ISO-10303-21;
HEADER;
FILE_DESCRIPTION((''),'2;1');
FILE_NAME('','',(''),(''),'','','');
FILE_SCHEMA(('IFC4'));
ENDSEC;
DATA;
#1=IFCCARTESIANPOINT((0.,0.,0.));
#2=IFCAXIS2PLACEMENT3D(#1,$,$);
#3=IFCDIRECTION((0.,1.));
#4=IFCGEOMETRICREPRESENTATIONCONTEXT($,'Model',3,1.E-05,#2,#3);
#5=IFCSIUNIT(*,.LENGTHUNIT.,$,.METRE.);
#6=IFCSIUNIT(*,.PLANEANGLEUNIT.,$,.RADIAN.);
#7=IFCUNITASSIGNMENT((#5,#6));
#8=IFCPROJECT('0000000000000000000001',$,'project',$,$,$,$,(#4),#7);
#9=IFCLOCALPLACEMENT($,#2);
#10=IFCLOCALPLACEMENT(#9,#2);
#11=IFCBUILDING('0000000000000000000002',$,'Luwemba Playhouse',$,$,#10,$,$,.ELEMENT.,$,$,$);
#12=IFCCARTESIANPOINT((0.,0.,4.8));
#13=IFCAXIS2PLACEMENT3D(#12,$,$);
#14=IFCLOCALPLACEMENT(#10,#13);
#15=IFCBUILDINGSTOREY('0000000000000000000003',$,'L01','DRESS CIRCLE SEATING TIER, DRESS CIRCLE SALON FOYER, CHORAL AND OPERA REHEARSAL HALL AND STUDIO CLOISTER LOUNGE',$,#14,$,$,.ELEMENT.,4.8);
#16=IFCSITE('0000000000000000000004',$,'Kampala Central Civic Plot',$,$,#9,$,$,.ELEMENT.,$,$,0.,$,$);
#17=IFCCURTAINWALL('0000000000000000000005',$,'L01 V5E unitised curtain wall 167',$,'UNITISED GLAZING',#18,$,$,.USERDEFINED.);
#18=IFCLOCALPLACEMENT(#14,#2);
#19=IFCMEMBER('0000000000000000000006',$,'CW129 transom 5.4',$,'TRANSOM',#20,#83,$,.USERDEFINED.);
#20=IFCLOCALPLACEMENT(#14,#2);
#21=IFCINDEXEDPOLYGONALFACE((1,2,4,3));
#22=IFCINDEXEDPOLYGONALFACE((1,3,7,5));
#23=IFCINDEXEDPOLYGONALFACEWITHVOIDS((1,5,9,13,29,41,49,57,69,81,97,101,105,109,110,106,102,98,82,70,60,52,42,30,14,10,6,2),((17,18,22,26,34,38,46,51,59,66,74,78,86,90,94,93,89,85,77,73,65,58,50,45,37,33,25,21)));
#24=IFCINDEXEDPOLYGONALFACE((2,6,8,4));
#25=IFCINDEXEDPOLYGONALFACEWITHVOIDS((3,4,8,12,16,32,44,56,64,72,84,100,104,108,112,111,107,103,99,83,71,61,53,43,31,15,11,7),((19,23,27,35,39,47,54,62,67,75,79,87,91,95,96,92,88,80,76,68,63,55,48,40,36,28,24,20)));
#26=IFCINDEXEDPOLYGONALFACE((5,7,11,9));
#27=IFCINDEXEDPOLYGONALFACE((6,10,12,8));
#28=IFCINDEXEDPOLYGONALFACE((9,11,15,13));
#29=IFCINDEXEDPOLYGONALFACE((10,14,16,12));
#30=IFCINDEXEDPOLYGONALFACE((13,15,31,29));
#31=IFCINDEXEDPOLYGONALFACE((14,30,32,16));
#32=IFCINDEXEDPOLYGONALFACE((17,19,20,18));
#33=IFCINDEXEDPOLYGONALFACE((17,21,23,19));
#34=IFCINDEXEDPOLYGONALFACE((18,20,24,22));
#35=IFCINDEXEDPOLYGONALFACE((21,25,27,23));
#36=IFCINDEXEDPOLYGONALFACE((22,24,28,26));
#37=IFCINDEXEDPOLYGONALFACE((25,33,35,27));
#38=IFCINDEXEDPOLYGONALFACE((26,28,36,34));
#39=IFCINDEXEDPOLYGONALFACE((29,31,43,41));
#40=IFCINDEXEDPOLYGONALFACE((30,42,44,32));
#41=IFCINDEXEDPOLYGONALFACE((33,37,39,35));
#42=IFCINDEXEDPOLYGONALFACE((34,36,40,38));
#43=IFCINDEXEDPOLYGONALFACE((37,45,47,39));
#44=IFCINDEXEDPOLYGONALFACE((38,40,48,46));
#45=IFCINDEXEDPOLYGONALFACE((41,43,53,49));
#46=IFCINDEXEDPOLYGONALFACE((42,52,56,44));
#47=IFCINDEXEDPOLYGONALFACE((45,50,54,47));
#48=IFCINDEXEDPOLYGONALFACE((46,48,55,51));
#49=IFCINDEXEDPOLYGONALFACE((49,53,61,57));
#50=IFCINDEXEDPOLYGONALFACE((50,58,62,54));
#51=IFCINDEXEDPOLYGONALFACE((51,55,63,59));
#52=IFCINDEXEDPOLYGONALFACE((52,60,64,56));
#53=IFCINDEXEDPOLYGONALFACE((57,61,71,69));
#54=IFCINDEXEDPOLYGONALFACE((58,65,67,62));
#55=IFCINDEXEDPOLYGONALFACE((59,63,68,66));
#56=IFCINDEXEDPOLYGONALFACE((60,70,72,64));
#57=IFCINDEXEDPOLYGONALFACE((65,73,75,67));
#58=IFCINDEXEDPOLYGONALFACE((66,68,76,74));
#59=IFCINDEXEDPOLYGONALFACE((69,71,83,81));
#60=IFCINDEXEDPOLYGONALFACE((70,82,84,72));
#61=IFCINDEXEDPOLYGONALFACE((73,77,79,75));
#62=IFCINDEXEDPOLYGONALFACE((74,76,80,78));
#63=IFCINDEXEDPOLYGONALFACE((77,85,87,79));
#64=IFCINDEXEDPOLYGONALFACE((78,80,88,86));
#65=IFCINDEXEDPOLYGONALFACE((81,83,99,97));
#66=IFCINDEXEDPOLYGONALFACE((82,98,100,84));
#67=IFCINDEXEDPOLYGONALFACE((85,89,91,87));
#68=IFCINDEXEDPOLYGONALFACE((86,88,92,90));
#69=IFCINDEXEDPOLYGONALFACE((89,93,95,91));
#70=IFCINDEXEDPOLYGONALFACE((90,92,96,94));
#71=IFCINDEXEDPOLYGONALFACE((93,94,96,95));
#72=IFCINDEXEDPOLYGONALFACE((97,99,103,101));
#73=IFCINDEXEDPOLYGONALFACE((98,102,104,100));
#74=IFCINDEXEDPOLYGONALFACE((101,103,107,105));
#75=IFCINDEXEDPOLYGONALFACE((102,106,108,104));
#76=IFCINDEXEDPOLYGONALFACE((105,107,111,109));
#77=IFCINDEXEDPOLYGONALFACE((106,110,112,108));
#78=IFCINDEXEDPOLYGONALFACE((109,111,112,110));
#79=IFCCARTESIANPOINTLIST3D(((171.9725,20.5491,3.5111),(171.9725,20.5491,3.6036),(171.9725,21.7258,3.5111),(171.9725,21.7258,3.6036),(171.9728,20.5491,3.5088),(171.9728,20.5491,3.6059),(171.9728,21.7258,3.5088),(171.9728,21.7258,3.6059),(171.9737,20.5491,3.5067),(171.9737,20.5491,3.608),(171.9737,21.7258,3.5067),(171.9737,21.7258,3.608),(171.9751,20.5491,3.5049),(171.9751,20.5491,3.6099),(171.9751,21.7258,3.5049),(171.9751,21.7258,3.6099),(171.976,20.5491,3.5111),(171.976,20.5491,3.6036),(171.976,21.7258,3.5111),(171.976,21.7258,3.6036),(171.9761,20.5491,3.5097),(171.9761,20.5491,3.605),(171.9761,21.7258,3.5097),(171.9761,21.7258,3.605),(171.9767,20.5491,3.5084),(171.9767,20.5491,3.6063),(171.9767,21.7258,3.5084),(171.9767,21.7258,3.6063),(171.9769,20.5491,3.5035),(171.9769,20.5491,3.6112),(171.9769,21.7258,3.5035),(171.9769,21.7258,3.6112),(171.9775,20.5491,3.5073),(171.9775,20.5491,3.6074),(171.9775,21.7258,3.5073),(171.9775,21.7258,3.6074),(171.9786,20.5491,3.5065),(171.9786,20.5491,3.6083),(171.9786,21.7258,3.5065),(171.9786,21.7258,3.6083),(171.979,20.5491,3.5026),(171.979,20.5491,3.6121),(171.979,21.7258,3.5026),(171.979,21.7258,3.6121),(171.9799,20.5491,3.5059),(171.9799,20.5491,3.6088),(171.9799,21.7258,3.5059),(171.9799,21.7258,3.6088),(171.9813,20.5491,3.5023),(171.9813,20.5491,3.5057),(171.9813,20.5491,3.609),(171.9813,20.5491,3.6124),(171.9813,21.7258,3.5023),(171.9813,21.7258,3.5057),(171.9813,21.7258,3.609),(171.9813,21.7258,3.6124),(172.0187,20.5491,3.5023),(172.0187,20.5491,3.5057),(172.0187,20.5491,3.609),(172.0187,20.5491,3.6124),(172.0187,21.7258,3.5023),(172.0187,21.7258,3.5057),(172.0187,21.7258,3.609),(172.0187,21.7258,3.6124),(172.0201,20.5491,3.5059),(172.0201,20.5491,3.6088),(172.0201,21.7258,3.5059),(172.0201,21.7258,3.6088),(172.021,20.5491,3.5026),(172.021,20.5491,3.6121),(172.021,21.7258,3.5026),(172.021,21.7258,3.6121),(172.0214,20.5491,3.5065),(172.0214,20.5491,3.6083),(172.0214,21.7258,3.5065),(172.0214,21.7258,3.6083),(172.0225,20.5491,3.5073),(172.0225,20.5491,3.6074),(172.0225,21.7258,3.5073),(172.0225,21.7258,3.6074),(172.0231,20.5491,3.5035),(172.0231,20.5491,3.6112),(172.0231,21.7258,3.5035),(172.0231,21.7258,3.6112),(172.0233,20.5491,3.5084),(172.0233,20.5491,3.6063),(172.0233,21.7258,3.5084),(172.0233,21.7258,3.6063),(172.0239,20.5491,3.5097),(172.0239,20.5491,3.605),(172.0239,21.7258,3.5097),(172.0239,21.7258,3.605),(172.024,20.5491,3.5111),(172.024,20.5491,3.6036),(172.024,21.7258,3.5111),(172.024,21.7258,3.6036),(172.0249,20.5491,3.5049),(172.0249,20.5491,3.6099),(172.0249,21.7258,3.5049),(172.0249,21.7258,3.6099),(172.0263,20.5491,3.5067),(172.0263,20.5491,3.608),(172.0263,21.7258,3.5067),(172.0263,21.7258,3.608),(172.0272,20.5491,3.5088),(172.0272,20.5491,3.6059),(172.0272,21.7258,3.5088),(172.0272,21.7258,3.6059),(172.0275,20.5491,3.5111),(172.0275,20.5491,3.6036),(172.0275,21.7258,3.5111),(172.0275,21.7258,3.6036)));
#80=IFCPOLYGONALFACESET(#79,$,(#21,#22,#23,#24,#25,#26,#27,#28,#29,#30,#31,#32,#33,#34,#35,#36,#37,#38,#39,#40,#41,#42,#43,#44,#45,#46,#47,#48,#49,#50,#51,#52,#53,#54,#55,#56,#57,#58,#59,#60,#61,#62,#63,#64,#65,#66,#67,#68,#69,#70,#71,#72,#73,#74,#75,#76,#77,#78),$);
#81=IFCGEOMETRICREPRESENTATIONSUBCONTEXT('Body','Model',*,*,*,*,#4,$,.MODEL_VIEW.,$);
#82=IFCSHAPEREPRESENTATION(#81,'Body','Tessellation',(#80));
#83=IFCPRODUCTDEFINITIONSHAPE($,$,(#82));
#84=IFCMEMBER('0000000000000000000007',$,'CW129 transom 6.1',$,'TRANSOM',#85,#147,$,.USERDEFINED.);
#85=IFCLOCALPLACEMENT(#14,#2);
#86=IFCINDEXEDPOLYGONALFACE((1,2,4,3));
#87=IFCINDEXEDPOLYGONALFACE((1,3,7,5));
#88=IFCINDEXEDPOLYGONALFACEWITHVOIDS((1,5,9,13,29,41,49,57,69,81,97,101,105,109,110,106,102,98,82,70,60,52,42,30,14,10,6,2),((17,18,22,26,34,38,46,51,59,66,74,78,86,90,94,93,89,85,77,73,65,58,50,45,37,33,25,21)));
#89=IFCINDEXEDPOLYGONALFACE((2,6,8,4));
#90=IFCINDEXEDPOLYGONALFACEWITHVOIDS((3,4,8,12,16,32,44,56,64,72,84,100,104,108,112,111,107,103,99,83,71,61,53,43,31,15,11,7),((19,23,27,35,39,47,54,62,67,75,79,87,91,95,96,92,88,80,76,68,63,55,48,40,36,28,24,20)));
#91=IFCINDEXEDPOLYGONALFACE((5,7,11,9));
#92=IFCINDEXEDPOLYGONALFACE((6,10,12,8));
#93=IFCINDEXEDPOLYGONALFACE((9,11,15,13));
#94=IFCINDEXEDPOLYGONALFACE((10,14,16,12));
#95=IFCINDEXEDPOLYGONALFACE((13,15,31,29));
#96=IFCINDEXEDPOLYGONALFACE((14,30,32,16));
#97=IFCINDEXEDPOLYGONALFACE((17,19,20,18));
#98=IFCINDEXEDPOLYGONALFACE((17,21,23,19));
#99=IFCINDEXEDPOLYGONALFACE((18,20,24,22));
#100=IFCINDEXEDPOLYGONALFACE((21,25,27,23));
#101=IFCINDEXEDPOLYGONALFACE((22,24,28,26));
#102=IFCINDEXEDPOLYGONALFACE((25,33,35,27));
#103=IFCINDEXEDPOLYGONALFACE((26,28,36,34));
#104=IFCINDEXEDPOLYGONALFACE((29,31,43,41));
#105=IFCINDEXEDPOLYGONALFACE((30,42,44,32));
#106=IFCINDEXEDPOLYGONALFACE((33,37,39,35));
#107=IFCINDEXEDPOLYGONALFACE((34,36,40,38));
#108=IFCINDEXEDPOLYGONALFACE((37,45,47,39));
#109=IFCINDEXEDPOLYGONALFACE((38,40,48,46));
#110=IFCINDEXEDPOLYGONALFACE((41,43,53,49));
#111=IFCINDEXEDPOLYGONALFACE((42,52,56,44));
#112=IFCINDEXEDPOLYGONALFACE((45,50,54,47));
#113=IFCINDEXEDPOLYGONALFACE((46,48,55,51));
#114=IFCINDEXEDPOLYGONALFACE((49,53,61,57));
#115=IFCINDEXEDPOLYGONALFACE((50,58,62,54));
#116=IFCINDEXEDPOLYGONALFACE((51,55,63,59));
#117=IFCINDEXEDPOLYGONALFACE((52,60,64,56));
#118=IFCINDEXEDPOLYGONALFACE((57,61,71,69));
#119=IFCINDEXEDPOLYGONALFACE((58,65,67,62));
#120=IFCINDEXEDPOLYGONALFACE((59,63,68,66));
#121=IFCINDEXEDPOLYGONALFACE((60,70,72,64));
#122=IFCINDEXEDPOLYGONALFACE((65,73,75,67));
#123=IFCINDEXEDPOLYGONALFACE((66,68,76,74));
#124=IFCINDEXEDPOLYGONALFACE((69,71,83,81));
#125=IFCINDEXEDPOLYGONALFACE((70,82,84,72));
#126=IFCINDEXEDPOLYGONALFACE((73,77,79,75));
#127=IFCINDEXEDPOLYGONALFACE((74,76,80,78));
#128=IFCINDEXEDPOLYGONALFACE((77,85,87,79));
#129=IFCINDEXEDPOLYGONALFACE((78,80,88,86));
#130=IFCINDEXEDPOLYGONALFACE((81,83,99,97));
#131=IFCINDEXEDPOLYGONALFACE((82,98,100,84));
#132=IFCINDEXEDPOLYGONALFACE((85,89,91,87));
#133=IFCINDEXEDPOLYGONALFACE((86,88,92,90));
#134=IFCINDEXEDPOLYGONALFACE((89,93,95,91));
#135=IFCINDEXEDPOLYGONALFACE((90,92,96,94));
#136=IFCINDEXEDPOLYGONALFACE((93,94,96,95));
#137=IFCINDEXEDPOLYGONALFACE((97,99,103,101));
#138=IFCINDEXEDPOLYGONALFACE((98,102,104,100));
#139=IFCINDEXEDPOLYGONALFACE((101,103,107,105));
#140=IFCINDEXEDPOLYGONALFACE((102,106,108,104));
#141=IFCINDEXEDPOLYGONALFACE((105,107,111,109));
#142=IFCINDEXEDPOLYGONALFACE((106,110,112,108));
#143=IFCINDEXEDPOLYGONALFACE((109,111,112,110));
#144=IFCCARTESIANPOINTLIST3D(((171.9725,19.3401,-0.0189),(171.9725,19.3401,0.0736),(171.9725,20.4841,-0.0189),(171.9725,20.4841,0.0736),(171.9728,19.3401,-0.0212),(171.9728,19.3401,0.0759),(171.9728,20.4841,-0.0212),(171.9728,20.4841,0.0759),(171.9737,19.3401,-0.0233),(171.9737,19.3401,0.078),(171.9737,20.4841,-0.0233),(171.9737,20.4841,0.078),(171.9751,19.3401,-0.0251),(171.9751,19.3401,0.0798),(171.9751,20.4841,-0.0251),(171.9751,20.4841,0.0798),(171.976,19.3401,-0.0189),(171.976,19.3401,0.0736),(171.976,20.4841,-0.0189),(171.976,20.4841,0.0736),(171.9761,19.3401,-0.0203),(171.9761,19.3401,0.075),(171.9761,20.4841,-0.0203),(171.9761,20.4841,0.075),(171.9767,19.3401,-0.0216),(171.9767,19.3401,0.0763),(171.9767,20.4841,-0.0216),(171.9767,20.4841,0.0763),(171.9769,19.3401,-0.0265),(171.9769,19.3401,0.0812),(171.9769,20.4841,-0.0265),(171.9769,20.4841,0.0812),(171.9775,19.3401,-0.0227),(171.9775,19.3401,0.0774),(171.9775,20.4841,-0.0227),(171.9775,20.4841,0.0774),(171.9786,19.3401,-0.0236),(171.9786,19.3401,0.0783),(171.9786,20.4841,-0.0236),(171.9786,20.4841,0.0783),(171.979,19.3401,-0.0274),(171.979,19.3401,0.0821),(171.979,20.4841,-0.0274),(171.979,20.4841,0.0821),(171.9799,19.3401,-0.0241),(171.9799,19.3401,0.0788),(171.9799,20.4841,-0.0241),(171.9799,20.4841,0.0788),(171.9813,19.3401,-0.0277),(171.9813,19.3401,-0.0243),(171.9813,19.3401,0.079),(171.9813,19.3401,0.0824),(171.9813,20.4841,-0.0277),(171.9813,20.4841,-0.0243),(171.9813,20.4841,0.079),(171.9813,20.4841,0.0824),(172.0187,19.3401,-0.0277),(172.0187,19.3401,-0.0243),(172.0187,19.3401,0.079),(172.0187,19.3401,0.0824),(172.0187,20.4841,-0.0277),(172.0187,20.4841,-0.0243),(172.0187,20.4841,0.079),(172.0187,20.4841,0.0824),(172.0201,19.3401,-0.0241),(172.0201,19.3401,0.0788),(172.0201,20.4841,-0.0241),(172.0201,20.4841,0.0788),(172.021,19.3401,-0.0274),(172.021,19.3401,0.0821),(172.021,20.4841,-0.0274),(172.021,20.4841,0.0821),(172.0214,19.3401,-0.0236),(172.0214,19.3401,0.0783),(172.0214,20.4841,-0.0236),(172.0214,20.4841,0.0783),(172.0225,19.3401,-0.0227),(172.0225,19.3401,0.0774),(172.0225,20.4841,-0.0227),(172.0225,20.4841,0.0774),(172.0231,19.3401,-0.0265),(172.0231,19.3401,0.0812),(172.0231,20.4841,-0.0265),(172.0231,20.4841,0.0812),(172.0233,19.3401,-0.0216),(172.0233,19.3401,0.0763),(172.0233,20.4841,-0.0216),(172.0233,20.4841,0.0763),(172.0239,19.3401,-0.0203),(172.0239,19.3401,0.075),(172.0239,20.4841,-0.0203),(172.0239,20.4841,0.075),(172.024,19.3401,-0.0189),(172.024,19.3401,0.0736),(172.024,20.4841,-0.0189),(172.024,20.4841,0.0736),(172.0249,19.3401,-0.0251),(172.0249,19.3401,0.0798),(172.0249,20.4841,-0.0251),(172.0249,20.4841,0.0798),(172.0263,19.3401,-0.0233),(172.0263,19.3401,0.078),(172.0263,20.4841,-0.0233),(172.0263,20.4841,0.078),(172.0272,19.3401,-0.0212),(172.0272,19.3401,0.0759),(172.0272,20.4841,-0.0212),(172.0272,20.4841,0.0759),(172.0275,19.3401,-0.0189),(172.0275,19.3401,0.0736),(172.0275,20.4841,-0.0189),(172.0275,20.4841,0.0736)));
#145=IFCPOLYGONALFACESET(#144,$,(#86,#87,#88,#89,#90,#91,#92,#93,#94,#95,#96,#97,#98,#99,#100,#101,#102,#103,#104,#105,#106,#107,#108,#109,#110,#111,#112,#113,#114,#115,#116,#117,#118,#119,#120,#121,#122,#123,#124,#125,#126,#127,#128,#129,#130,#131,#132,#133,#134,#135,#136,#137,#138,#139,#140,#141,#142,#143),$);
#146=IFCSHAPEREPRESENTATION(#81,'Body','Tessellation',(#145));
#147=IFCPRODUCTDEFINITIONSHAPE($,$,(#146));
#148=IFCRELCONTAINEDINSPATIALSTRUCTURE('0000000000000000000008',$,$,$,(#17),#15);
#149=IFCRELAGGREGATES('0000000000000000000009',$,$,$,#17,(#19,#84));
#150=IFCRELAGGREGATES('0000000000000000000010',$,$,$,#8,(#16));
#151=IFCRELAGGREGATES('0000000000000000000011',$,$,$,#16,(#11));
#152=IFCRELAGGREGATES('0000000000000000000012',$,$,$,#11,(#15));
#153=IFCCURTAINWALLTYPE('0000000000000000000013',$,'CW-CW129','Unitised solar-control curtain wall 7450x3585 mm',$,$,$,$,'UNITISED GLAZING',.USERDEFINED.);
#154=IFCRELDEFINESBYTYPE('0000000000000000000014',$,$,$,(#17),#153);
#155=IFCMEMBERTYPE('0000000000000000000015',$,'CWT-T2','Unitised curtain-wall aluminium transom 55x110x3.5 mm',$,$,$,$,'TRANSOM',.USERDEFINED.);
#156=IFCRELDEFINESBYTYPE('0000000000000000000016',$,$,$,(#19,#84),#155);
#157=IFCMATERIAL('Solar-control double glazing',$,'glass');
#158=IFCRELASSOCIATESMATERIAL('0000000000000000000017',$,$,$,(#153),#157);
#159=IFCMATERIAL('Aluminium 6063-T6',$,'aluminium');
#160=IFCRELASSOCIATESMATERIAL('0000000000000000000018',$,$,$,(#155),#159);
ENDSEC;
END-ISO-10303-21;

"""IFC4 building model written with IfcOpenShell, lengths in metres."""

from ifc_helpers import new_model, si_unit, direction, frame, origin, origin_2d, place, context, subcontext, project, spatial, hollow_rectangle, extrude, material, material_profile, profile_set, type_object, element, aggregate, save


model = new_model("IFC4")

# Units and contexts
model_context = context("Model", 3, precision=1e-05, world=origin(), true_north=direction((0.0, 1.0)))
body_context = subcontext(model_context, "Body", "Model", "MODEL_VIEW")
ifc_project = project(units=[si_unit("LENGTHUNIT", "METRE"), si_unit("PLANEANGLEUNIT", "RADIAN")], contexts=[model_context])

# Site, building, storey
site_placement = place(None, origin())
site = spatial("IfcSite", under=ifc_project, at=site_placement, Name="Kampala Central Civic Plot", CompositionType="ELEMENT", RefElevation=0.0)
building_placement = place(site_placement, origin())
building = spatial("IfcBuilding", under=site, at=building_placement, Name="Luwemba Playhouse", CompositionType="ELEMENT")
storey_placement = place(building_placement, frame((0.0, 0.0, 4.8)))
storey = spatial("IfcBuildingStorey", under=building, at=storey_placement, Name="L01", Description="DRESS CIRCLE SEATING TIER, DRESS CIRCLE SALON FOYER, CHORAL AND OPERA REHEARSAL HALL AND STUDIO CLOISTER LOUNGE", CompositionType="ELEMENT", Elevation=4.8)

# Curtain wall
ifc_material_1 = material(Name="Solar-control double glazing", Category="glass")
curtain_wall_type_1 = type_object("IfcCurtainWallType", Name="CW-CW129", Description="Unitised solar-control curtain wall 7450x3585 mm", ElementType="UNITISED GLAZING", PredefinedType="USERDEFINED", material=ifc_material_1)
curtain_wall_1_placement = place(storey_placement, origin())
curtain_wall_1 = element("IfcCurtainWall", 1, at=curtain_wall_1_placement, inside=storey, type_object=curtain_wall_type_1, Name="L01 V5E unitised curtain wall 167", ObjectType="UNITISED GLAZING", PredefinedType="USERDEFINED")
ifc_material_2 = material(Name="Aluminium 6063-T6", Category="aluminium")

# Members
ifc_material_profile_1 = material_profile(ifc_material_2, hollow_rectangle(XDim=0.0549, YDim=0.1101, WallThickness=0.0034, InnerFilletRadius=0.0054, OuterFilletRadius=0.0088, at=origin_2d()))
ifc_profile_set_1 = profile_set([ifc_material_profile_1], Name="Aluminium 6063-T6")
member_type_1 = type_object("IfcMemberType", Name="CWT-T2", Description="Unitised curtain-wall aluminium transom 55x110x3.5 mm", ElementType="TRANSOM", PredefinedType="USERDEFINED", material=ifc_profile_set_1)
member_1_placement = place(storey_placement, frame((172.0, 21.7258, 3.5574), z_axis=(0.0, -1.0, 0.0), x_axis=(1.0, 0.0, 0.0)))
member_1 = element("IfcMember", 2, at=member_1_placement, type_object=member_type_1, Name="CW129 transom 5.4", ObjectType="TRANSOM", PredefinedType="USERDEFINED", context=body_context, shape_type="SweptSolid", body=[
    extrude(hollow_rectangle(XDim=0.0549, YDim=0.1101, WallThickness=0.0034, InnerFilletRadius=0.0054, OuterFilletRadius=0.0088, at=origin_2d()), origin(), (0.0, 0.0, 1.0), 1.1768),
])
member_2_placement = place(storey_placement, frame((172.0, 20.4841, 0.0273), z_axis=(0.0, -1.0, 0.0), x_axis=(1.0, 0.0, 0.0)))
member_2 = element("IfcMember", 3, at=member_2_placement, type_object=member_type_1, Name="CW129 transom 6.1", ObjectType="TRANSOM", PredefinedType="USERDEFINED", context=body_context, shape_type="SweptSolid", body=[
    extrude(hollow_rectangle(XDim=0.0549, YDim=0.1101, WallThickness=0.0034, InnerFilletRadius=0.0054, OuterFilletRadius=0.0088, at=origin_2d()), origin(), (0.0, 0.0, 1.0), 1.144),
])

aggregate(curtain_wall_1, [member_1, member_2])

save(model, "model.ifc")
